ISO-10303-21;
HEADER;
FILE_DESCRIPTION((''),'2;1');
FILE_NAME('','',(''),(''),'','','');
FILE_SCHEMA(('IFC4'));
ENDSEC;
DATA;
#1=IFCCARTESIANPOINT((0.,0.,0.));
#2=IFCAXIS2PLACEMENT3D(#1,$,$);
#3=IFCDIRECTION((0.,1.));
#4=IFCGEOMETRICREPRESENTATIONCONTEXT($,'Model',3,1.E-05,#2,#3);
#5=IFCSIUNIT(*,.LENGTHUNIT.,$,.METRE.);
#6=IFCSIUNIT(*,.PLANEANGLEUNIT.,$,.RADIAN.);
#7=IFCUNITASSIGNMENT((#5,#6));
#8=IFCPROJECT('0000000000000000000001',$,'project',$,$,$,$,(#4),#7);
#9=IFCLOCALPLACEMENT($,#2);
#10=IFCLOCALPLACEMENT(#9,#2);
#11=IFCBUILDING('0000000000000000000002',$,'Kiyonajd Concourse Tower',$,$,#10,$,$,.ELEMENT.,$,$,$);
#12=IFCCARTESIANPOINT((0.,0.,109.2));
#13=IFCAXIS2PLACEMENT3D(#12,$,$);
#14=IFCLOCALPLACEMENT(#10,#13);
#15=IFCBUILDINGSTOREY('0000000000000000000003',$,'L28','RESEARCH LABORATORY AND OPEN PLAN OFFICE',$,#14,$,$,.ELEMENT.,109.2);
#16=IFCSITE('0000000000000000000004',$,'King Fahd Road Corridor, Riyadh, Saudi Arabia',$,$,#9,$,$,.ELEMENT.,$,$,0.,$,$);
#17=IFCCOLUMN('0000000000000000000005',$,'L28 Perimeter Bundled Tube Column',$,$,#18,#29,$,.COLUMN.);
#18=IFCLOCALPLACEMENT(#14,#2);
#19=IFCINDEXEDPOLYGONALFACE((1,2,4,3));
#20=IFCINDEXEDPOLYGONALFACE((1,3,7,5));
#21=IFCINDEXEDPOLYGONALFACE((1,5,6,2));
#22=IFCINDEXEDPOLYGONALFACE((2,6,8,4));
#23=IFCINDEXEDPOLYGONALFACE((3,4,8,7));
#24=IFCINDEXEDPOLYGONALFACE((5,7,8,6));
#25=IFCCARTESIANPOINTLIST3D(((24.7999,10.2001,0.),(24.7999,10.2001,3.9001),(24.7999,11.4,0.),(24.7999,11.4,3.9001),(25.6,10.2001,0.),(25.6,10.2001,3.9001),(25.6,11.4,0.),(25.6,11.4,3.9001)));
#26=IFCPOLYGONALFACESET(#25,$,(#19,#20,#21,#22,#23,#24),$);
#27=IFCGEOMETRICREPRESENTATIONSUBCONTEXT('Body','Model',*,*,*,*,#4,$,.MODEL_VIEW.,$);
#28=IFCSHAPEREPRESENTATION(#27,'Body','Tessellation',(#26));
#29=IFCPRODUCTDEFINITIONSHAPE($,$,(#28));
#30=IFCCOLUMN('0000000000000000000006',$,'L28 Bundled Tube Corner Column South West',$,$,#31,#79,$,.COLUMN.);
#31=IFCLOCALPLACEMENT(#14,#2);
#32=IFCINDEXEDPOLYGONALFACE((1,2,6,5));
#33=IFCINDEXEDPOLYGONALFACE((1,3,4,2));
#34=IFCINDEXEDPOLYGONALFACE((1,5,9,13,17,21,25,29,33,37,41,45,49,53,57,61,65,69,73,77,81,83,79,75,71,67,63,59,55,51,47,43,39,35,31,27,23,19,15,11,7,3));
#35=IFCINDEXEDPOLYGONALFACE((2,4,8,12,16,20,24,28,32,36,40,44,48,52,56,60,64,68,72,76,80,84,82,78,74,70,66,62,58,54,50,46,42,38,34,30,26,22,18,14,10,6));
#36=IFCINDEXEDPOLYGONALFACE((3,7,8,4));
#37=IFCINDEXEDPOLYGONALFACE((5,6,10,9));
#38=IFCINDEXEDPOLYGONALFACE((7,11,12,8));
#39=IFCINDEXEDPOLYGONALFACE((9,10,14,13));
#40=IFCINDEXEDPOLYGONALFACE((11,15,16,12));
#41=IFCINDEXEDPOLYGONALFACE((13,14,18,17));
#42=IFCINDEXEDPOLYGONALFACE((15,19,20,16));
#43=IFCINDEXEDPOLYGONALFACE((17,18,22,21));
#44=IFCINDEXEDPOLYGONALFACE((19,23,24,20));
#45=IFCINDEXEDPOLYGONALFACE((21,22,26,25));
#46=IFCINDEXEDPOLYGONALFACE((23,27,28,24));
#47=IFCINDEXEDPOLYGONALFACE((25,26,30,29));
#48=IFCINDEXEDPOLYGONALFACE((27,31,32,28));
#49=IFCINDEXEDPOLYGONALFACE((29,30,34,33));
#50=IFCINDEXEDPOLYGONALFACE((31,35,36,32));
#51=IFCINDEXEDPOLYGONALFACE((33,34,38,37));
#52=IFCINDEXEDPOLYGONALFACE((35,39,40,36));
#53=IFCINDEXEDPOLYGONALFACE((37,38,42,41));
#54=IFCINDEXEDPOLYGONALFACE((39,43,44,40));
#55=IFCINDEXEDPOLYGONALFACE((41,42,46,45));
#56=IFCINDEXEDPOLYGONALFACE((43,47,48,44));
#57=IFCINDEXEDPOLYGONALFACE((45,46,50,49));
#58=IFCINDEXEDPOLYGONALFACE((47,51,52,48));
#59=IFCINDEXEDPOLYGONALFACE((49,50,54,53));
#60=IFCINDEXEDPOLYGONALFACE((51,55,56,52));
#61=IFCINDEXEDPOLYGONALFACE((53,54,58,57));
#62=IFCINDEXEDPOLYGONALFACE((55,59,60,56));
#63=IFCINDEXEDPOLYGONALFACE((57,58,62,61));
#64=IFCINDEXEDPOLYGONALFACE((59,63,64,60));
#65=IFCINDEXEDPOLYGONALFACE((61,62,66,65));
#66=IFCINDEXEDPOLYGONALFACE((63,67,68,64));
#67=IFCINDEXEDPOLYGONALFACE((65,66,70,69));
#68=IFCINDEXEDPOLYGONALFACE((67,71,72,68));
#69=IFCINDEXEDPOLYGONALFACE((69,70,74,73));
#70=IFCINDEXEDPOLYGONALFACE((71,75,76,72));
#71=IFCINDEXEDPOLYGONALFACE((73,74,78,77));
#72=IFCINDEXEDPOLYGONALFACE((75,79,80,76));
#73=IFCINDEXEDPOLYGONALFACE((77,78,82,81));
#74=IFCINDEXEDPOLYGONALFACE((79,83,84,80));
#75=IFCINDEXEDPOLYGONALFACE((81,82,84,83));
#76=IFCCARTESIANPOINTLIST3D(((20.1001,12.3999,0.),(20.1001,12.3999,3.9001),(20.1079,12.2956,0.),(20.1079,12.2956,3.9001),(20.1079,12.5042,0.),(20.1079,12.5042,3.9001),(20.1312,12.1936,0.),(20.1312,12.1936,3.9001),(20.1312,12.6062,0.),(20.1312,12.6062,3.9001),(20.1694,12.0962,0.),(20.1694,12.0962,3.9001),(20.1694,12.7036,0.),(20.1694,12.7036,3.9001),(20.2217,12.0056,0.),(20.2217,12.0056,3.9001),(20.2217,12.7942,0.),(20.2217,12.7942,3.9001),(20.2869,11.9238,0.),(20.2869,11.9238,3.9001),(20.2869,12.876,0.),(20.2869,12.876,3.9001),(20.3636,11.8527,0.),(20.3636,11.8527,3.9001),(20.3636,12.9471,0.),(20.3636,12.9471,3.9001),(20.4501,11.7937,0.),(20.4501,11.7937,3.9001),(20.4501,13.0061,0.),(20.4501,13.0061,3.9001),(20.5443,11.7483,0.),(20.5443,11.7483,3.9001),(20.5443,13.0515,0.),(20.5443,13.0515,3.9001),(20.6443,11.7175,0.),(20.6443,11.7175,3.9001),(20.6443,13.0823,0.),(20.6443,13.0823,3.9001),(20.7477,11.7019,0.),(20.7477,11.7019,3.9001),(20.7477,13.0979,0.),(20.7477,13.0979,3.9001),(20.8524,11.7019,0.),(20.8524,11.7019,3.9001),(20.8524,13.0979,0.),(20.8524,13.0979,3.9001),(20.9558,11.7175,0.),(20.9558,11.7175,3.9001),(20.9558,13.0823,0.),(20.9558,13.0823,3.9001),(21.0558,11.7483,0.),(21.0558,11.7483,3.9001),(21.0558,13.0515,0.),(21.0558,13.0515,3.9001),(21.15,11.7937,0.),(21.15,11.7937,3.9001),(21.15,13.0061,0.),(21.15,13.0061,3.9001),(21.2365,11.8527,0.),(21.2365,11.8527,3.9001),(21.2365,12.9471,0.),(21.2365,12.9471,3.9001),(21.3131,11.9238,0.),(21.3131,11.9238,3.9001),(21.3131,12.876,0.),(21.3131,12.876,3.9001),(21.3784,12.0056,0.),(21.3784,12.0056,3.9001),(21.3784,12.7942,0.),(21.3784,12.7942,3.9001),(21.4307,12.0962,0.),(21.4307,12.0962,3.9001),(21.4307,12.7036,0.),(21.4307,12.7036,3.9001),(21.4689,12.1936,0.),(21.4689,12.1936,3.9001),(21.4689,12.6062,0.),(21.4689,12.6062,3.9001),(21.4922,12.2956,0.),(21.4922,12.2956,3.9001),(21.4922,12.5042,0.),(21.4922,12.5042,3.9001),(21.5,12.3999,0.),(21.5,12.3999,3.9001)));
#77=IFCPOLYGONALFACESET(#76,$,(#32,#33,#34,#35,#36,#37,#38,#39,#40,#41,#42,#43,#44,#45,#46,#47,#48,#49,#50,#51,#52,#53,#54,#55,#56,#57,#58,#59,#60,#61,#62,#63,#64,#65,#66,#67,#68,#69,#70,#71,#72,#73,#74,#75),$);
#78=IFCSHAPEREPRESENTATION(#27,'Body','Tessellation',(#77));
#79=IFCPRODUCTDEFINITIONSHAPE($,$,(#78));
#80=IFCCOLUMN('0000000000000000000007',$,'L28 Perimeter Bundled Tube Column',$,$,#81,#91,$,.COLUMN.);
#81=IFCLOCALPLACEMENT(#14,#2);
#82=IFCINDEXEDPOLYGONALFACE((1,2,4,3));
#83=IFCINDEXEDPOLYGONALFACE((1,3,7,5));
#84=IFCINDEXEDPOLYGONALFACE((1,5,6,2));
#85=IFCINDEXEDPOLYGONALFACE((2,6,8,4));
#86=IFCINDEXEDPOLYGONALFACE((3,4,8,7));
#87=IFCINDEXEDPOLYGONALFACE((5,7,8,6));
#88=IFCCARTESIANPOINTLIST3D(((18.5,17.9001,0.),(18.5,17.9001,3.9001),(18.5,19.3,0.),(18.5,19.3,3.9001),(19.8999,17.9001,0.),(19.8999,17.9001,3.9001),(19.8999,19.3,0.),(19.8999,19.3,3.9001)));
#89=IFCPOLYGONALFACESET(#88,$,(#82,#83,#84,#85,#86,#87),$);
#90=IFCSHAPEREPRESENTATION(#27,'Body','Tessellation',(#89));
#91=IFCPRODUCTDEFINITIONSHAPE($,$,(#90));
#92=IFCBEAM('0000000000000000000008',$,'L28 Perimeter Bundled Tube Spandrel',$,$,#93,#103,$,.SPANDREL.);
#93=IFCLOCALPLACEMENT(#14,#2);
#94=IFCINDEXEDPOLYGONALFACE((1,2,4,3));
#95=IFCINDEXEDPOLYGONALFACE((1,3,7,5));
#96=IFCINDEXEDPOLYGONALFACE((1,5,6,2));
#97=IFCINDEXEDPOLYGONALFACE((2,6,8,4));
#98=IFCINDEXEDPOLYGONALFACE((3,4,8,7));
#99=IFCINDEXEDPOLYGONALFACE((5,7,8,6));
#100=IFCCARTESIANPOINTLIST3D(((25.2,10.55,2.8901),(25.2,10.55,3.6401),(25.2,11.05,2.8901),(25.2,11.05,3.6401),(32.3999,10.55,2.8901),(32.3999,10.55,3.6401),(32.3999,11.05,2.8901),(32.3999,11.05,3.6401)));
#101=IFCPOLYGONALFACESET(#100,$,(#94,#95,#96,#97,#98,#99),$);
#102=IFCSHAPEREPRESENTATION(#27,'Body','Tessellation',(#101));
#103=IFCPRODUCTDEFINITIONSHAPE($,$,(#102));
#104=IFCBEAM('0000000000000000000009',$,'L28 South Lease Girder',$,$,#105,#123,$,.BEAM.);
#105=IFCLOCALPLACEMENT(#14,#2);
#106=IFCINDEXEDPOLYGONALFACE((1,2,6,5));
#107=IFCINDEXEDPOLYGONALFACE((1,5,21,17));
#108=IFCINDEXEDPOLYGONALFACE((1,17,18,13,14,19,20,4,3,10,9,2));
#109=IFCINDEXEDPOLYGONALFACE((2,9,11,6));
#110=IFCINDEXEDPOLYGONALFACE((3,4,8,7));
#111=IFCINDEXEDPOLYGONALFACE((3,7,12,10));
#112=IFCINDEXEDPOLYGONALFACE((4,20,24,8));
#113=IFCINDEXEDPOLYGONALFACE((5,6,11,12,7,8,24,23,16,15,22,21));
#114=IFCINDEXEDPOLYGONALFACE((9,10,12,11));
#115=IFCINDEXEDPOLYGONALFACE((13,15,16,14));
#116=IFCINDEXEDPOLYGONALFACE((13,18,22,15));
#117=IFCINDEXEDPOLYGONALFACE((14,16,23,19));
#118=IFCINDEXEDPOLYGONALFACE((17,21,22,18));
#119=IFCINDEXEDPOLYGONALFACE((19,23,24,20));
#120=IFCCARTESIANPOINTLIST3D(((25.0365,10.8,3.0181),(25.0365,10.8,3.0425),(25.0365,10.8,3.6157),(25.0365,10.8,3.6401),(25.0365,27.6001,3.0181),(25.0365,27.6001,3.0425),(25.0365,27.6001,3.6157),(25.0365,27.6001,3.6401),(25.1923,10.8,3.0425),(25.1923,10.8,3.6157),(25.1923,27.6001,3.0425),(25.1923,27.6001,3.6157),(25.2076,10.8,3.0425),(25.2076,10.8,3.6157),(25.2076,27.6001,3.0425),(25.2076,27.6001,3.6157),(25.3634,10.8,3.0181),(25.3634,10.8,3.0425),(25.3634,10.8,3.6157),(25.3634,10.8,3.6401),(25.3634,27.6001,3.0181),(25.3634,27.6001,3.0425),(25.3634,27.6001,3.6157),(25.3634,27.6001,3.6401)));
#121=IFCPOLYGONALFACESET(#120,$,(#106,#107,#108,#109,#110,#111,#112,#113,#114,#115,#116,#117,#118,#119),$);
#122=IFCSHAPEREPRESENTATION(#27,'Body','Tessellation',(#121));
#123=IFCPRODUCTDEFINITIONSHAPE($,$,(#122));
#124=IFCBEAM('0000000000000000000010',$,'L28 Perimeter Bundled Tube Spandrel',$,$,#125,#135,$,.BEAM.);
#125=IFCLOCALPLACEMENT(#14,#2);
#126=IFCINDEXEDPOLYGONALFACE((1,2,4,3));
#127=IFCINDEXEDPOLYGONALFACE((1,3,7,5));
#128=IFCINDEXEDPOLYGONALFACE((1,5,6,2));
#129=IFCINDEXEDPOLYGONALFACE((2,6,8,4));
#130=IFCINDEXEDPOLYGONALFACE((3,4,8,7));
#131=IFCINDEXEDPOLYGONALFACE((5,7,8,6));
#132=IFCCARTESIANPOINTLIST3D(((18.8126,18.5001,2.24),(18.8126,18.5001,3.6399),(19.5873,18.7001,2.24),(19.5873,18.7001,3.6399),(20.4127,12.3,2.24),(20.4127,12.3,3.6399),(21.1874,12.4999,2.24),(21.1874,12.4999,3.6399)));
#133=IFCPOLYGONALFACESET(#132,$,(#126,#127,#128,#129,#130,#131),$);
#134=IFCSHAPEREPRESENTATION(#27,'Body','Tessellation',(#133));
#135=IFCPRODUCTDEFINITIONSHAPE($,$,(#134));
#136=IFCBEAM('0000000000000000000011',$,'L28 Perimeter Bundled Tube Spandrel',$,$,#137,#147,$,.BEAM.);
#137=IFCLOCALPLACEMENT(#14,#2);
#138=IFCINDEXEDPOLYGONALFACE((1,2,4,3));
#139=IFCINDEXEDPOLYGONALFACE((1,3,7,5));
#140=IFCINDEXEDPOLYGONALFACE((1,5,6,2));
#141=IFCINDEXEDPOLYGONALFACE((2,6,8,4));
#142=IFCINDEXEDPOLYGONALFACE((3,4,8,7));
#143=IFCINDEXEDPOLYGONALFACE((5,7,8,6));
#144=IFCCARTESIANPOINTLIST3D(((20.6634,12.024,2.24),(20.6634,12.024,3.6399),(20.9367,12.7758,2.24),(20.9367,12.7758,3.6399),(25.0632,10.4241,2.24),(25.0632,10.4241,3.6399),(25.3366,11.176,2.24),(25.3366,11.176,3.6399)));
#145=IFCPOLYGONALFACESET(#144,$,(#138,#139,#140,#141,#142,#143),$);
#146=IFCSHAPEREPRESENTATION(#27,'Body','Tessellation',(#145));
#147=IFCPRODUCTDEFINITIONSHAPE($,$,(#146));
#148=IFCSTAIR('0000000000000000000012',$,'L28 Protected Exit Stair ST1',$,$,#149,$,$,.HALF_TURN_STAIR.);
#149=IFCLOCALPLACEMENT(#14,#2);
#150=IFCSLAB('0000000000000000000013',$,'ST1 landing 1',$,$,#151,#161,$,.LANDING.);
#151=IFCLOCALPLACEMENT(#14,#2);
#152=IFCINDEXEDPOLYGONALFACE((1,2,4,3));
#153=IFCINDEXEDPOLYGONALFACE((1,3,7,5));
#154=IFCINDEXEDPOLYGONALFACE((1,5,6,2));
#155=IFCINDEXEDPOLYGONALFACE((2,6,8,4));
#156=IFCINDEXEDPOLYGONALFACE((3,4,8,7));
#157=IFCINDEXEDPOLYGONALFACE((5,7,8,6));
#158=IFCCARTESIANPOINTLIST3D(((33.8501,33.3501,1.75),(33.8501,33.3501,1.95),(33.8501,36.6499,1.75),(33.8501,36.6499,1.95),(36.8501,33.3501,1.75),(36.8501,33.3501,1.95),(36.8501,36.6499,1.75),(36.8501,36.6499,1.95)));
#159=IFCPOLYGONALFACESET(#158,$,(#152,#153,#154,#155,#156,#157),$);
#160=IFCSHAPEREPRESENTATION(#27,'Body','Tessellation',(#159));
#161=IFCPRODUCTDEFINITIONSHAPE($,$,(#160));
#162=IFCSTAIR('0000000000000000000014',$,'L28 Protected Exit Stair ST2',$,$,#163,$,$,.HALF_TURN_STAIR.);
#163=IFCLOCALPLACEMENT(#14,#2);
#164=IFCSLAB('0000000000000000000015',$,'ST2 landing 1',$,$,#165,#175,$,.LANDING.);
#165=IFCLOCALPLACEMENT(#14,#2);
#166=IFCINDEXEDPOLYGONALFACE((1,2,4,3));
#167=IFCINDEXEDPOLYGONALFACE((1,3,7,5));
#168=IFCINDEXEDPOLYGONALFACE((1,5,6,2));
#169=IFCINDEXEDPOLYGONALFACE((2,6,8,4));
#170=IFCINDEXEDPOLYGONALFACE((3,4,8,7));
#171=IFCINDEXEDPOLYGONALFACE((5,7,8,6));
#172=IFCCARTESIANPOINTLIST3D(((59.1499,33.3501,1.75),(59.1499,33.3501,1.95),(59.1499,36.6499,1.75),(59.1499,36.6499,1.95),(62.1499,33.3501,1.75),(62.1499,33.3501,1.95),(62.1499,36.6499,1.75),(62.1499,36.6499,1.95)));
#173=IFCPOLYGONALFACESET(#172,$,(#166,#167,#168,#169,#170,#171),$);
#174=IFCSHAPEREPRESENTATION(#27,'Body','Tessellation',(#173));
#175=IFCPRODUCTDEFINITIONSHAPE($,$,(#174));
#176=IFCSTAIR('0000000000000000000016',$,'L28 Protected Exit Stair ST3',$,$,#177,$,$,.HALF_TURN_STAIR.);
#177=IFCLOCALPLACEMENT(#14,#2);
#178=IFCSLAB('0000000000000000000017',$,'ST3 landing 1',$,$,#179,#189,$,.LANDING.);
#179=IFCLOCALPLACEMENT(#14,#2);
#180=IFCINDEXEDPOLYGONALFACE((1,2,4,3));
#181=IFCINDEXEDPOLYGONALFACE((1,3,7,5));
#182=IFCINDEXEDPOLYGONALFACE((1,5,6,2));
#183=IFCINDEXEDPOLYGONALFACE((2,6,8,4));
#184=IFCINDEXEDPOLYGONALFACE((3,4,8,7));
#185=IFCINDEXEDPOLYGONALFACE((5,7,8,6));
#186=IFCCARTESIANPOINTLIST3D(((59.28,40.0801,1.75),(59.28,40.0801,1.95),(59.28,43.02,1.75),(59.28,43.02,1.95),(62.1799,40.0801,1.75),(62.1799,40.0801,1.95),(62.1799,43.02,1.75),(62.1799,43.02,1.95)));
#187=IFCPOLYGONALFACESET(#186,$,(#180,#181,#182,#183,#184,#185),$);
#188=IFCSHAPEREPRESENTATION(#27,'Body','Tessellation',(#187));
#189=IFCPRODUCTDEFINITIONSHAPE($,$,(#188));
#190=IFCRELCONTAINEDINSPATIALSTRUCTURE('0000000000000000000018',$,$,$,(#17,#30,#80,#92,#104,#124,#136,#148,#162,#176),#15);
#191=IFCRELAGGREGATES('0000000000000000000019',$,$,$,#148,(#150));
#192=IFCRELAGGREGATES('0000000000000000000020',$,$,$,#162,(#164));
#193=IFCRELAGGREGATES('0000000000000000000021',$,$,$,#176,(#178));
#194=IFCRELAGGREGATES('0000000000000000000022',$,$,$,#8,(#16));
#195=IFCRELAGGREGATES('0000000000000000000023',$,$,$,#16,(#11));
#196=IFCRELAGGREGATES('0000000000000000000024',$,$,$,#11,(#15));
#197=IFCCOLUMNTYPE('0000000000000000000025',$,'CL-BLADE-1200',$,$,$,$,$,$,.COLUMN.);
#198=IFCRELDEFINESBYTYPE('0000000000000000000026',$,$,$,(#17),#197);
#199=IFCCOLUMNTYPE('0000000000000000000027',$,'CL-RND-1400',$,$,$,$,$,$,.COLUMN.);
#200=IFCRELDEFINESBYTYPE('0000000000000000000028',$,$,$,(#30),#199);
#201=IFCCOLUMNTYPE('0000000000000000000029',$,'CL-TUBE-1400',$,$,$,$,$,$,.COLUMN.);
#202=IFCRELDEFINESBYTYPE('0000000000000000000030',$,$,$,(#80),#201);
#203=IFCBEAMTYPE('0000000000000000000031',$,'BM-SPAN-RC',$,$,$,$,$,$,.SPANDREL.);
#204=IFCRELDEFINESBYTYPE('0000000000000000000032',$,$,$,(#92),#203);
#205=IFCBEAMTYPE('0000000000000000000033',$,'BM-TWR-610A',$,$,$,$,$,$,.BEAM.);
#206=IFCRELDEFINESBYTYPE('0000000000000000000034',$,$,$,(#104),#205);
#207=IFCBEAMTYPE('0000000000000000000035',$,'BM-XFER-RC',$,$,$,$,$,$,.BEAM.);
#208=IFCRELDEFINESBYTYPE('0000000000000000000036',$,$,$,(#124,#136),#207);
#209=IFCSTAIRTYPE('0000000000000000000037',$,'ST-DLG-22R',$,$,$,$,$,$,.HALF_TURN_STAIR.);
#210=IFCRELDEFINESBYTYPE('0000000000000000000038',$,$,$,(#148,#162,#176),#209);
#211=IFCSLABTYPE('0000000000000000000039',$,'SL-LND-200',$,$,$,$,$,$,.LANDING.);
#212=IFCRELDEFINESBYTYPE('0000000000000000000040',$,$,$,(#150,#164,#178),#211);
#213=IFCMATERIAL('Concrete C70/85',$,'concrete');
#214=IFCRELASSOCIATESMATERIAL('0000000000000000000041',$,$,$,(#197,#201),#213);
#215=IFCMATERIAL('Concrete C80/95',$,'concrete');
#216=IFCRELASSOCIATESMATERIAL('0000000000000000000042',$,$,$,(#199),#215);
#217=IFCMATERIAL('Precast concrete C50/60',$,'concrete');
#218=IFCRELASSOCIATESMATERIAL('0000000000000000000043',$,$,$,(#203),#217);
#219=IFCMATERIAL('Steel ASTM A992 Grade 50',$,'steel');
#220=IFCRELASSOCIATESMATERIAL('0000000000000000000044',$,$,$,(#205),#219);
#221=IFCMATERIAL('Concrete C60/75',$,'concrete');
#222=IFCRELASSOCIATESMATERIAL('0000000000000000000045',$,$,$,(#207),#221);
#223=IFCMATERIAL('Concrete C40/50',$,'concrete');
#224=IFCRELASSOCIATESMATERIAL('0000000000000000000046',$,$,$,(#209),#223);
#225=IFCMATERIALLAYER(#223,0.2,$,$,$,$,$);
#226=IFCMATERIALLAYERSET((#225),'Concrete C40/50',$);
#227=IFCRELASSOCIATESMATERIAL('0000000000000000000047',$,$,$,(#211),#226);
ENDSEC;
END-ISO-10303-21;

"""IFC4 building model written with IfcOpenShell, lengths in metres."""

from ifc_helpers import new_model, si_unit, direction, frame, origin, origin_2d, place, context, subcontext, project, spatial, polyline, rectangle, circle, i_section, outline, extrude, material, layer, layer_set, material_profile, profile_set, type_object, element, aggregate, save


model = new_model("IFC4")

# Units and contexts
model_context = context("Model", 3, precision=1e-05, world=origin(), true_north=direction((0.0, 1.0)))
body_context = subcontext(model_context, "Body", "Model", "MODEL_VIEW")
ifc_project = project(units=[si_unit("LENGTHUNIT", "METRE"), si_unit("PLANEANGLEUNIT", "RADIAN")], contexts=[model_context])

# Site, building, storey
site_placement = place(None, origin())
site = spatial("IfcSite", under=ifc_project, at=site_placement, Name="King Fahd Road Corridor, Riyadh, Saudi Arabia", CompositionType="ELEMENT", RefElevation=0.0)
building_placement = place(site_placement, origin())
building = spatial("IfcBuilding", under=site, at=building_placement, Name="Kiyonajd Concourse Tower", CompositionType="ELEMENT")
storey_placement = place(building_placement, frame((0.0, 0.0, 109.2)))
storey = spatial("IfcBuildingStorey", under=building, at=storey_placement, Name="L28", Description="RESEARCH LABORATORY AND OPEN PLAN OFFICE", CompositionType="ELEMENT", Elevation=109.2)

# Columns
ifc_material_1 = material(Name="Concrete C70/85", Category="concrete")
ifc_material_profile_1 = material_profile(ifc_material_1, rectangle(XDim=0.8, YDim=1.2, at=origin_2d()), Name="RC-1200x800")
ifc_profile_set_1 = profile_set([ifc_material_profile_1], Name="Concrete C70/85")
column_type_1 = type_object("IfcColumnType", Name="CL-BLADE-1200", PredefinedType="COLUMN", material=ifc_profile_set_1)
column_1_placement = place(storey_placement, frame((25.2, 10.8, 0.0), z_axis=(0.0, 0.0, 1.0), x_axis=(1.0, 0.0, 0.0)))
element("IfcColumn", 1, at=column_1_placement, inside=storey, type_object=column_type_1, Name="L28 Perimeter Bundled Tube Column", PredefinedType="COLUMN", context=body_context, shape_type="SweptSolid", body=[
    extrude(rectangle(XDim=0.8, YDim=1.2, at=origin_2d()), origin(), (0.0, 0.0, 1.0), 3.9001),
])
ifc_material_2 = material(Name="Concrete C80/95", Category="concrete")
ifc_material_profile_2 = material_profile(ifc_material_2, circle(Radius=0.7, at=origin_2d()), Name="RCC-D1400")
ifc_profile_set_2 = profile_set([ifc_material_profile_2], Name="Concrete C80/95")
column_type_2 = type_object("IfcColumnType", Name="CL-RND-1400", PredefinedType="COLUMN", material=ifc_profile_set_2)
column_2_placement = place(storey_placement, frame((20.8, 12.3999, 0.0), z_axis=(0.0, 0.0, 1.0), x_axis=(1.0, 0.0, 0.0)))
element("IfcColumn", 2, at=column_2_placement, inside=storey, type_object=column_type_2, Name="L28 Bundled Tube Corner Column South West", PredefinedType="COLUMN", context=body_context, shape_type="SweptSolid", body=[
    extrude(circle(Radius=0.7, at=origin_2d()), origin(), (0.0, 0.0, 1.0), 3.9001),
])
ifc_material_profile_3 = material_profile(ifc_material_1, rectangle(XDim=1.3999, YDim=1.3999, at=origin_2d()), Name="RC-1400x1400")
ifc_profile_set_3 = profile_set([ifc_material_profile_3], Name="Concrete C70/85")
column_type_3 = type_object("IfcColumnType", Name="CL-TUBE-1400", PredefinedType="COLUMN", material=ifc_profile_set_3)
column_3_placement = place(storey_placement, frame((19.2, 18.6001, 0.0), z_axis=(0.0, 0.0, 1.0), x_axis=(1.0, 0.0, 0.0)))
element("IfcColumn", 3, at=column_3_placement, inside=storey, type_object=column_type_3, Name="L28 Perimeter Bundled Tube Column", PredefinedType="COLUMN", context=body_context, shape_type="SweptSolid", body=[
    extrude(rectangle(XDim=1.3999, YDim=1.3999, at=origin_2d()), origin(), (0.0, 0.0, 1.0), 3.9001),
])

# Beams
ifc_material_3 = material(Name="Precast concrete C50/60", Category="concrete")
ifc_material_profile_4 = material_profile(ifc_material_3, rectangle(XDim=0.5, YDim=0.75, at=origin_2d()), Name="RCBM-500x750")
ifc_profile_set_4 = profile_set([ifc_material_profile_4], Name="Precast concrete C50/60")
beam_type_1 = type_object("IfcBeamType", Name="BM-SPAN-RC", PredefinedType="SPANDREL", material=ifc_profile_set_4)
beam_1_placement = place(storey_placement, frame((25.2, 10.8, 3.2651), z_axis=(1.0, 0.0, 0.0), x_axis=(0.0, 1.0, 0.0)))
element("IfcBeam", 4, at=beam_1_placement, inside=storey, type_object=beam_type_1, Name="L28 Perimeter Bundled Tube Spandrel", PredefinedType="SPANDREL", context=body_context, shape_type="SweptSolid", body=[
    extrude(rectangle(XDim=0.5, YDim=0.75, at=origin_2d()), origin(), (0.0, 0.0, 1.0), 7.2),
])
ifc_material_4 = material(Name="Steel ASTM A992 Grade 50", Category="steel")
ifc_material_profile_5 = material_profile(ifc_material_4, i_section(OverallWidth=0.3269, OverallDepth=0.6221, WebThickness=0.0154, FlangeThickness=0.0244, at=origin_2d()), Name="W610X195")
ifc_profile_set_5 = profile_set([ifc_material_profile_5], Name="Steel ASTM A992 Grade 50")
beam_type_2 = type_object("IfcBeamType", Name="BM-TWR-610A", PredefinedType="BEAM", material=ifc_profile_set_5)
beam_2_placement = place(storey_placement, frame((25.2, 10.8, 3.3291), z_axis=(0.0, 1.0, 0.0), x_axis=(-1.0, 0.0, 0.0)))
element("IfcBeam", 5, at=beam_2_placement, inside=storey, type_object=beam_type_2, Name="L28 South Lease Girder", PredefinedType="BEAM", context=body_context, shape_type="SweptSolid", body=[
    extrude(i_section(OverallWidth=0.3269, OverallDepth=0.6221, WebThickness=0.0154, FlangeThickness=0.0244, at=origin_2d()), origin(), (0.0, 0.0, 1.0), 16.8),
])
ifc_material_5 = material(Name="Concrete C60/75", Category="concrete")
ifc_material_profile_6 = material_profile(ifc_material_5, rectangle(XDim=0.8, YDim=1.3999, at=origin_2d()), Name="RCBM-800x1400")
ifc_profile_set_6 = profile_set([ifc_material_profile_6], Name="Concrete C60/75")
beam_type_3 = type_object("IfcBeamType", Name="BM-XFER-RC", PredefinedType="BEAM", material=ifc_profile_set_6)
beam_3_placement = place(storey_placement, frame((19.2, 18.6001, 2.9399), z_axis=(0.249885, -0.968276, 0.0), x_axis=(0.968276, 0.249885, 0.0)))
element("IfcBeam", 6, at=beam_3_placement, inside=storey, type_object=beam_type_3, Name="L28 Perimeter Bundled Tube Spandrel", PredefinedType="BEAM", context=body_context, shape_type="SweptSolid", body=[
    extrude(rectangle(XDim=0.8, YDim=1.3999, at=origin_2d()), origin(), (0.0, 0.0, 1.0), 6.4033),
])
beam_4_placement = place(storey_placement, frame((20.8, 12.3999, 2.9399), z_axis=(0.939801, -0.341722, 0.0), x_axis=(0.341722, 0.939801, 0.0)))
element("IfcBeam", 7, at=beam_4_placement, inside=storey, type_object=beam_type_3, Name="L28 Perimeter Bundled Tube Spandrel", PredefinedType="BEAM", context=body_context, shape_type="SweptSolid", body=[
    extrude(rectangle(XDim=0.8, YDim=1.3999, at=origin_2d()), origin(), (0.0, 0.0, 1.0), 4.6816),
])

# Stairs, slabs
ifc_material_6 = material(Name="Concrete C40/50", Category="concrete")
stair_type = type_object("IfcStairType", Name="ST-DLG-22R", PredefinedType="HALF_TURN_STAIR", material=ifc_material_6)
stair_1_placement = place(storey_placement, origin())
stair_1 = element("IfcStair", 8, at=stair_1_placement, inside=storey, type_object=stair_type, Name="L28 Protected Exit Stair ST1", PredefinedType="HALF_TURN_STAIR")
ifc_layer_1 = layer(ifc_material_6, 0.2)
ifc_layer_set_1 = layer_set([ifc_layer_1], Name="Concrete C40/50")
slab_type_1 = type_object("IfcSlabType", Name="SL-LND-200", PredefinedType="LANDING", material=ifc_layer_set_1)
slab_1_placement = place(storey_placement, frame((0.0, 0.0, 1.75)))
slab_1 = element("IfcSlab", 9, at=slab_1_placement, type_object=slab_type_1, Name="ST1 landing 1", PredefinedType="LANDING", context=body_context, shape_type="SweptSolid", body=[
    extrude(outline(polyline([(36.8501, 33.3501), (36.8501, 36.6499), (33.8501, 36.6499), (33.8501, 33.3501), (36.8501, 33.3501)])), origin(), (0.0, 0.0, 1.0), 0.2),
])
aggregate(stair_1, [slab_1])
stair_2_placement = place(storey_placement, origin())
stair_2 = element("IfcStair", 10, at=stair_2_placement, inside=storey, type_object=stair_type, Name="L28 Protected Exit Stair ST2", PredefinedType="HALF_TURN_STAIR")
slab_2_placement = place(storey_placement, frame((0.0, 0.0, 1.75)))
slab_2 = element("IfcSlab", 11, at=slab_2_placement, type_object=slab_type_1, Name="ST2 landing 1", PredefinedType="LANDING", context=body_context, shape_type="SweptSolid", body=[
    extrude(outline(polyline([(62.1499, 33.3501), (62.1499, 36.6499), (59.1499, 36.6499), (59.1499, 33.3501), (62.1499, 33.3501)])), origin(), (0.0, 0.0, 1.0), 0.2),
])
aggregate(stair_2, [slab_2])
stair_3_placement = place(storey_placement, origin())
stair_3 = element("IfcStair", 12, at=stair_3_placement, inside=storey, type_object=stair_type, Name="L28 Protected Exit Stair ST3", PredefinedType="HALF_TURN_STAIR")
slab_3_placement = place(storey_placement, frame((0.0, 0.0, 1.75)))
slab_3 = element("IfcSlab", 13, at=slab_3_placement, type_object=slab_type_1, Name="ST3 landing 1", PredefinedType="LANDING", context=body_context, shape_type="SweptSolid", body=[
    extrude(outline(polyline([(59.28, 40.0801), (62.1799, 40.0801), (62.1799, 43.02), (59.28, 43.02), (59.28, 40.0801)])), origin(), (0.0, 0.0, 1.0), 0.2),
])
aggregate(stair_3, [slab_3])

save(model, "model.ifc")
